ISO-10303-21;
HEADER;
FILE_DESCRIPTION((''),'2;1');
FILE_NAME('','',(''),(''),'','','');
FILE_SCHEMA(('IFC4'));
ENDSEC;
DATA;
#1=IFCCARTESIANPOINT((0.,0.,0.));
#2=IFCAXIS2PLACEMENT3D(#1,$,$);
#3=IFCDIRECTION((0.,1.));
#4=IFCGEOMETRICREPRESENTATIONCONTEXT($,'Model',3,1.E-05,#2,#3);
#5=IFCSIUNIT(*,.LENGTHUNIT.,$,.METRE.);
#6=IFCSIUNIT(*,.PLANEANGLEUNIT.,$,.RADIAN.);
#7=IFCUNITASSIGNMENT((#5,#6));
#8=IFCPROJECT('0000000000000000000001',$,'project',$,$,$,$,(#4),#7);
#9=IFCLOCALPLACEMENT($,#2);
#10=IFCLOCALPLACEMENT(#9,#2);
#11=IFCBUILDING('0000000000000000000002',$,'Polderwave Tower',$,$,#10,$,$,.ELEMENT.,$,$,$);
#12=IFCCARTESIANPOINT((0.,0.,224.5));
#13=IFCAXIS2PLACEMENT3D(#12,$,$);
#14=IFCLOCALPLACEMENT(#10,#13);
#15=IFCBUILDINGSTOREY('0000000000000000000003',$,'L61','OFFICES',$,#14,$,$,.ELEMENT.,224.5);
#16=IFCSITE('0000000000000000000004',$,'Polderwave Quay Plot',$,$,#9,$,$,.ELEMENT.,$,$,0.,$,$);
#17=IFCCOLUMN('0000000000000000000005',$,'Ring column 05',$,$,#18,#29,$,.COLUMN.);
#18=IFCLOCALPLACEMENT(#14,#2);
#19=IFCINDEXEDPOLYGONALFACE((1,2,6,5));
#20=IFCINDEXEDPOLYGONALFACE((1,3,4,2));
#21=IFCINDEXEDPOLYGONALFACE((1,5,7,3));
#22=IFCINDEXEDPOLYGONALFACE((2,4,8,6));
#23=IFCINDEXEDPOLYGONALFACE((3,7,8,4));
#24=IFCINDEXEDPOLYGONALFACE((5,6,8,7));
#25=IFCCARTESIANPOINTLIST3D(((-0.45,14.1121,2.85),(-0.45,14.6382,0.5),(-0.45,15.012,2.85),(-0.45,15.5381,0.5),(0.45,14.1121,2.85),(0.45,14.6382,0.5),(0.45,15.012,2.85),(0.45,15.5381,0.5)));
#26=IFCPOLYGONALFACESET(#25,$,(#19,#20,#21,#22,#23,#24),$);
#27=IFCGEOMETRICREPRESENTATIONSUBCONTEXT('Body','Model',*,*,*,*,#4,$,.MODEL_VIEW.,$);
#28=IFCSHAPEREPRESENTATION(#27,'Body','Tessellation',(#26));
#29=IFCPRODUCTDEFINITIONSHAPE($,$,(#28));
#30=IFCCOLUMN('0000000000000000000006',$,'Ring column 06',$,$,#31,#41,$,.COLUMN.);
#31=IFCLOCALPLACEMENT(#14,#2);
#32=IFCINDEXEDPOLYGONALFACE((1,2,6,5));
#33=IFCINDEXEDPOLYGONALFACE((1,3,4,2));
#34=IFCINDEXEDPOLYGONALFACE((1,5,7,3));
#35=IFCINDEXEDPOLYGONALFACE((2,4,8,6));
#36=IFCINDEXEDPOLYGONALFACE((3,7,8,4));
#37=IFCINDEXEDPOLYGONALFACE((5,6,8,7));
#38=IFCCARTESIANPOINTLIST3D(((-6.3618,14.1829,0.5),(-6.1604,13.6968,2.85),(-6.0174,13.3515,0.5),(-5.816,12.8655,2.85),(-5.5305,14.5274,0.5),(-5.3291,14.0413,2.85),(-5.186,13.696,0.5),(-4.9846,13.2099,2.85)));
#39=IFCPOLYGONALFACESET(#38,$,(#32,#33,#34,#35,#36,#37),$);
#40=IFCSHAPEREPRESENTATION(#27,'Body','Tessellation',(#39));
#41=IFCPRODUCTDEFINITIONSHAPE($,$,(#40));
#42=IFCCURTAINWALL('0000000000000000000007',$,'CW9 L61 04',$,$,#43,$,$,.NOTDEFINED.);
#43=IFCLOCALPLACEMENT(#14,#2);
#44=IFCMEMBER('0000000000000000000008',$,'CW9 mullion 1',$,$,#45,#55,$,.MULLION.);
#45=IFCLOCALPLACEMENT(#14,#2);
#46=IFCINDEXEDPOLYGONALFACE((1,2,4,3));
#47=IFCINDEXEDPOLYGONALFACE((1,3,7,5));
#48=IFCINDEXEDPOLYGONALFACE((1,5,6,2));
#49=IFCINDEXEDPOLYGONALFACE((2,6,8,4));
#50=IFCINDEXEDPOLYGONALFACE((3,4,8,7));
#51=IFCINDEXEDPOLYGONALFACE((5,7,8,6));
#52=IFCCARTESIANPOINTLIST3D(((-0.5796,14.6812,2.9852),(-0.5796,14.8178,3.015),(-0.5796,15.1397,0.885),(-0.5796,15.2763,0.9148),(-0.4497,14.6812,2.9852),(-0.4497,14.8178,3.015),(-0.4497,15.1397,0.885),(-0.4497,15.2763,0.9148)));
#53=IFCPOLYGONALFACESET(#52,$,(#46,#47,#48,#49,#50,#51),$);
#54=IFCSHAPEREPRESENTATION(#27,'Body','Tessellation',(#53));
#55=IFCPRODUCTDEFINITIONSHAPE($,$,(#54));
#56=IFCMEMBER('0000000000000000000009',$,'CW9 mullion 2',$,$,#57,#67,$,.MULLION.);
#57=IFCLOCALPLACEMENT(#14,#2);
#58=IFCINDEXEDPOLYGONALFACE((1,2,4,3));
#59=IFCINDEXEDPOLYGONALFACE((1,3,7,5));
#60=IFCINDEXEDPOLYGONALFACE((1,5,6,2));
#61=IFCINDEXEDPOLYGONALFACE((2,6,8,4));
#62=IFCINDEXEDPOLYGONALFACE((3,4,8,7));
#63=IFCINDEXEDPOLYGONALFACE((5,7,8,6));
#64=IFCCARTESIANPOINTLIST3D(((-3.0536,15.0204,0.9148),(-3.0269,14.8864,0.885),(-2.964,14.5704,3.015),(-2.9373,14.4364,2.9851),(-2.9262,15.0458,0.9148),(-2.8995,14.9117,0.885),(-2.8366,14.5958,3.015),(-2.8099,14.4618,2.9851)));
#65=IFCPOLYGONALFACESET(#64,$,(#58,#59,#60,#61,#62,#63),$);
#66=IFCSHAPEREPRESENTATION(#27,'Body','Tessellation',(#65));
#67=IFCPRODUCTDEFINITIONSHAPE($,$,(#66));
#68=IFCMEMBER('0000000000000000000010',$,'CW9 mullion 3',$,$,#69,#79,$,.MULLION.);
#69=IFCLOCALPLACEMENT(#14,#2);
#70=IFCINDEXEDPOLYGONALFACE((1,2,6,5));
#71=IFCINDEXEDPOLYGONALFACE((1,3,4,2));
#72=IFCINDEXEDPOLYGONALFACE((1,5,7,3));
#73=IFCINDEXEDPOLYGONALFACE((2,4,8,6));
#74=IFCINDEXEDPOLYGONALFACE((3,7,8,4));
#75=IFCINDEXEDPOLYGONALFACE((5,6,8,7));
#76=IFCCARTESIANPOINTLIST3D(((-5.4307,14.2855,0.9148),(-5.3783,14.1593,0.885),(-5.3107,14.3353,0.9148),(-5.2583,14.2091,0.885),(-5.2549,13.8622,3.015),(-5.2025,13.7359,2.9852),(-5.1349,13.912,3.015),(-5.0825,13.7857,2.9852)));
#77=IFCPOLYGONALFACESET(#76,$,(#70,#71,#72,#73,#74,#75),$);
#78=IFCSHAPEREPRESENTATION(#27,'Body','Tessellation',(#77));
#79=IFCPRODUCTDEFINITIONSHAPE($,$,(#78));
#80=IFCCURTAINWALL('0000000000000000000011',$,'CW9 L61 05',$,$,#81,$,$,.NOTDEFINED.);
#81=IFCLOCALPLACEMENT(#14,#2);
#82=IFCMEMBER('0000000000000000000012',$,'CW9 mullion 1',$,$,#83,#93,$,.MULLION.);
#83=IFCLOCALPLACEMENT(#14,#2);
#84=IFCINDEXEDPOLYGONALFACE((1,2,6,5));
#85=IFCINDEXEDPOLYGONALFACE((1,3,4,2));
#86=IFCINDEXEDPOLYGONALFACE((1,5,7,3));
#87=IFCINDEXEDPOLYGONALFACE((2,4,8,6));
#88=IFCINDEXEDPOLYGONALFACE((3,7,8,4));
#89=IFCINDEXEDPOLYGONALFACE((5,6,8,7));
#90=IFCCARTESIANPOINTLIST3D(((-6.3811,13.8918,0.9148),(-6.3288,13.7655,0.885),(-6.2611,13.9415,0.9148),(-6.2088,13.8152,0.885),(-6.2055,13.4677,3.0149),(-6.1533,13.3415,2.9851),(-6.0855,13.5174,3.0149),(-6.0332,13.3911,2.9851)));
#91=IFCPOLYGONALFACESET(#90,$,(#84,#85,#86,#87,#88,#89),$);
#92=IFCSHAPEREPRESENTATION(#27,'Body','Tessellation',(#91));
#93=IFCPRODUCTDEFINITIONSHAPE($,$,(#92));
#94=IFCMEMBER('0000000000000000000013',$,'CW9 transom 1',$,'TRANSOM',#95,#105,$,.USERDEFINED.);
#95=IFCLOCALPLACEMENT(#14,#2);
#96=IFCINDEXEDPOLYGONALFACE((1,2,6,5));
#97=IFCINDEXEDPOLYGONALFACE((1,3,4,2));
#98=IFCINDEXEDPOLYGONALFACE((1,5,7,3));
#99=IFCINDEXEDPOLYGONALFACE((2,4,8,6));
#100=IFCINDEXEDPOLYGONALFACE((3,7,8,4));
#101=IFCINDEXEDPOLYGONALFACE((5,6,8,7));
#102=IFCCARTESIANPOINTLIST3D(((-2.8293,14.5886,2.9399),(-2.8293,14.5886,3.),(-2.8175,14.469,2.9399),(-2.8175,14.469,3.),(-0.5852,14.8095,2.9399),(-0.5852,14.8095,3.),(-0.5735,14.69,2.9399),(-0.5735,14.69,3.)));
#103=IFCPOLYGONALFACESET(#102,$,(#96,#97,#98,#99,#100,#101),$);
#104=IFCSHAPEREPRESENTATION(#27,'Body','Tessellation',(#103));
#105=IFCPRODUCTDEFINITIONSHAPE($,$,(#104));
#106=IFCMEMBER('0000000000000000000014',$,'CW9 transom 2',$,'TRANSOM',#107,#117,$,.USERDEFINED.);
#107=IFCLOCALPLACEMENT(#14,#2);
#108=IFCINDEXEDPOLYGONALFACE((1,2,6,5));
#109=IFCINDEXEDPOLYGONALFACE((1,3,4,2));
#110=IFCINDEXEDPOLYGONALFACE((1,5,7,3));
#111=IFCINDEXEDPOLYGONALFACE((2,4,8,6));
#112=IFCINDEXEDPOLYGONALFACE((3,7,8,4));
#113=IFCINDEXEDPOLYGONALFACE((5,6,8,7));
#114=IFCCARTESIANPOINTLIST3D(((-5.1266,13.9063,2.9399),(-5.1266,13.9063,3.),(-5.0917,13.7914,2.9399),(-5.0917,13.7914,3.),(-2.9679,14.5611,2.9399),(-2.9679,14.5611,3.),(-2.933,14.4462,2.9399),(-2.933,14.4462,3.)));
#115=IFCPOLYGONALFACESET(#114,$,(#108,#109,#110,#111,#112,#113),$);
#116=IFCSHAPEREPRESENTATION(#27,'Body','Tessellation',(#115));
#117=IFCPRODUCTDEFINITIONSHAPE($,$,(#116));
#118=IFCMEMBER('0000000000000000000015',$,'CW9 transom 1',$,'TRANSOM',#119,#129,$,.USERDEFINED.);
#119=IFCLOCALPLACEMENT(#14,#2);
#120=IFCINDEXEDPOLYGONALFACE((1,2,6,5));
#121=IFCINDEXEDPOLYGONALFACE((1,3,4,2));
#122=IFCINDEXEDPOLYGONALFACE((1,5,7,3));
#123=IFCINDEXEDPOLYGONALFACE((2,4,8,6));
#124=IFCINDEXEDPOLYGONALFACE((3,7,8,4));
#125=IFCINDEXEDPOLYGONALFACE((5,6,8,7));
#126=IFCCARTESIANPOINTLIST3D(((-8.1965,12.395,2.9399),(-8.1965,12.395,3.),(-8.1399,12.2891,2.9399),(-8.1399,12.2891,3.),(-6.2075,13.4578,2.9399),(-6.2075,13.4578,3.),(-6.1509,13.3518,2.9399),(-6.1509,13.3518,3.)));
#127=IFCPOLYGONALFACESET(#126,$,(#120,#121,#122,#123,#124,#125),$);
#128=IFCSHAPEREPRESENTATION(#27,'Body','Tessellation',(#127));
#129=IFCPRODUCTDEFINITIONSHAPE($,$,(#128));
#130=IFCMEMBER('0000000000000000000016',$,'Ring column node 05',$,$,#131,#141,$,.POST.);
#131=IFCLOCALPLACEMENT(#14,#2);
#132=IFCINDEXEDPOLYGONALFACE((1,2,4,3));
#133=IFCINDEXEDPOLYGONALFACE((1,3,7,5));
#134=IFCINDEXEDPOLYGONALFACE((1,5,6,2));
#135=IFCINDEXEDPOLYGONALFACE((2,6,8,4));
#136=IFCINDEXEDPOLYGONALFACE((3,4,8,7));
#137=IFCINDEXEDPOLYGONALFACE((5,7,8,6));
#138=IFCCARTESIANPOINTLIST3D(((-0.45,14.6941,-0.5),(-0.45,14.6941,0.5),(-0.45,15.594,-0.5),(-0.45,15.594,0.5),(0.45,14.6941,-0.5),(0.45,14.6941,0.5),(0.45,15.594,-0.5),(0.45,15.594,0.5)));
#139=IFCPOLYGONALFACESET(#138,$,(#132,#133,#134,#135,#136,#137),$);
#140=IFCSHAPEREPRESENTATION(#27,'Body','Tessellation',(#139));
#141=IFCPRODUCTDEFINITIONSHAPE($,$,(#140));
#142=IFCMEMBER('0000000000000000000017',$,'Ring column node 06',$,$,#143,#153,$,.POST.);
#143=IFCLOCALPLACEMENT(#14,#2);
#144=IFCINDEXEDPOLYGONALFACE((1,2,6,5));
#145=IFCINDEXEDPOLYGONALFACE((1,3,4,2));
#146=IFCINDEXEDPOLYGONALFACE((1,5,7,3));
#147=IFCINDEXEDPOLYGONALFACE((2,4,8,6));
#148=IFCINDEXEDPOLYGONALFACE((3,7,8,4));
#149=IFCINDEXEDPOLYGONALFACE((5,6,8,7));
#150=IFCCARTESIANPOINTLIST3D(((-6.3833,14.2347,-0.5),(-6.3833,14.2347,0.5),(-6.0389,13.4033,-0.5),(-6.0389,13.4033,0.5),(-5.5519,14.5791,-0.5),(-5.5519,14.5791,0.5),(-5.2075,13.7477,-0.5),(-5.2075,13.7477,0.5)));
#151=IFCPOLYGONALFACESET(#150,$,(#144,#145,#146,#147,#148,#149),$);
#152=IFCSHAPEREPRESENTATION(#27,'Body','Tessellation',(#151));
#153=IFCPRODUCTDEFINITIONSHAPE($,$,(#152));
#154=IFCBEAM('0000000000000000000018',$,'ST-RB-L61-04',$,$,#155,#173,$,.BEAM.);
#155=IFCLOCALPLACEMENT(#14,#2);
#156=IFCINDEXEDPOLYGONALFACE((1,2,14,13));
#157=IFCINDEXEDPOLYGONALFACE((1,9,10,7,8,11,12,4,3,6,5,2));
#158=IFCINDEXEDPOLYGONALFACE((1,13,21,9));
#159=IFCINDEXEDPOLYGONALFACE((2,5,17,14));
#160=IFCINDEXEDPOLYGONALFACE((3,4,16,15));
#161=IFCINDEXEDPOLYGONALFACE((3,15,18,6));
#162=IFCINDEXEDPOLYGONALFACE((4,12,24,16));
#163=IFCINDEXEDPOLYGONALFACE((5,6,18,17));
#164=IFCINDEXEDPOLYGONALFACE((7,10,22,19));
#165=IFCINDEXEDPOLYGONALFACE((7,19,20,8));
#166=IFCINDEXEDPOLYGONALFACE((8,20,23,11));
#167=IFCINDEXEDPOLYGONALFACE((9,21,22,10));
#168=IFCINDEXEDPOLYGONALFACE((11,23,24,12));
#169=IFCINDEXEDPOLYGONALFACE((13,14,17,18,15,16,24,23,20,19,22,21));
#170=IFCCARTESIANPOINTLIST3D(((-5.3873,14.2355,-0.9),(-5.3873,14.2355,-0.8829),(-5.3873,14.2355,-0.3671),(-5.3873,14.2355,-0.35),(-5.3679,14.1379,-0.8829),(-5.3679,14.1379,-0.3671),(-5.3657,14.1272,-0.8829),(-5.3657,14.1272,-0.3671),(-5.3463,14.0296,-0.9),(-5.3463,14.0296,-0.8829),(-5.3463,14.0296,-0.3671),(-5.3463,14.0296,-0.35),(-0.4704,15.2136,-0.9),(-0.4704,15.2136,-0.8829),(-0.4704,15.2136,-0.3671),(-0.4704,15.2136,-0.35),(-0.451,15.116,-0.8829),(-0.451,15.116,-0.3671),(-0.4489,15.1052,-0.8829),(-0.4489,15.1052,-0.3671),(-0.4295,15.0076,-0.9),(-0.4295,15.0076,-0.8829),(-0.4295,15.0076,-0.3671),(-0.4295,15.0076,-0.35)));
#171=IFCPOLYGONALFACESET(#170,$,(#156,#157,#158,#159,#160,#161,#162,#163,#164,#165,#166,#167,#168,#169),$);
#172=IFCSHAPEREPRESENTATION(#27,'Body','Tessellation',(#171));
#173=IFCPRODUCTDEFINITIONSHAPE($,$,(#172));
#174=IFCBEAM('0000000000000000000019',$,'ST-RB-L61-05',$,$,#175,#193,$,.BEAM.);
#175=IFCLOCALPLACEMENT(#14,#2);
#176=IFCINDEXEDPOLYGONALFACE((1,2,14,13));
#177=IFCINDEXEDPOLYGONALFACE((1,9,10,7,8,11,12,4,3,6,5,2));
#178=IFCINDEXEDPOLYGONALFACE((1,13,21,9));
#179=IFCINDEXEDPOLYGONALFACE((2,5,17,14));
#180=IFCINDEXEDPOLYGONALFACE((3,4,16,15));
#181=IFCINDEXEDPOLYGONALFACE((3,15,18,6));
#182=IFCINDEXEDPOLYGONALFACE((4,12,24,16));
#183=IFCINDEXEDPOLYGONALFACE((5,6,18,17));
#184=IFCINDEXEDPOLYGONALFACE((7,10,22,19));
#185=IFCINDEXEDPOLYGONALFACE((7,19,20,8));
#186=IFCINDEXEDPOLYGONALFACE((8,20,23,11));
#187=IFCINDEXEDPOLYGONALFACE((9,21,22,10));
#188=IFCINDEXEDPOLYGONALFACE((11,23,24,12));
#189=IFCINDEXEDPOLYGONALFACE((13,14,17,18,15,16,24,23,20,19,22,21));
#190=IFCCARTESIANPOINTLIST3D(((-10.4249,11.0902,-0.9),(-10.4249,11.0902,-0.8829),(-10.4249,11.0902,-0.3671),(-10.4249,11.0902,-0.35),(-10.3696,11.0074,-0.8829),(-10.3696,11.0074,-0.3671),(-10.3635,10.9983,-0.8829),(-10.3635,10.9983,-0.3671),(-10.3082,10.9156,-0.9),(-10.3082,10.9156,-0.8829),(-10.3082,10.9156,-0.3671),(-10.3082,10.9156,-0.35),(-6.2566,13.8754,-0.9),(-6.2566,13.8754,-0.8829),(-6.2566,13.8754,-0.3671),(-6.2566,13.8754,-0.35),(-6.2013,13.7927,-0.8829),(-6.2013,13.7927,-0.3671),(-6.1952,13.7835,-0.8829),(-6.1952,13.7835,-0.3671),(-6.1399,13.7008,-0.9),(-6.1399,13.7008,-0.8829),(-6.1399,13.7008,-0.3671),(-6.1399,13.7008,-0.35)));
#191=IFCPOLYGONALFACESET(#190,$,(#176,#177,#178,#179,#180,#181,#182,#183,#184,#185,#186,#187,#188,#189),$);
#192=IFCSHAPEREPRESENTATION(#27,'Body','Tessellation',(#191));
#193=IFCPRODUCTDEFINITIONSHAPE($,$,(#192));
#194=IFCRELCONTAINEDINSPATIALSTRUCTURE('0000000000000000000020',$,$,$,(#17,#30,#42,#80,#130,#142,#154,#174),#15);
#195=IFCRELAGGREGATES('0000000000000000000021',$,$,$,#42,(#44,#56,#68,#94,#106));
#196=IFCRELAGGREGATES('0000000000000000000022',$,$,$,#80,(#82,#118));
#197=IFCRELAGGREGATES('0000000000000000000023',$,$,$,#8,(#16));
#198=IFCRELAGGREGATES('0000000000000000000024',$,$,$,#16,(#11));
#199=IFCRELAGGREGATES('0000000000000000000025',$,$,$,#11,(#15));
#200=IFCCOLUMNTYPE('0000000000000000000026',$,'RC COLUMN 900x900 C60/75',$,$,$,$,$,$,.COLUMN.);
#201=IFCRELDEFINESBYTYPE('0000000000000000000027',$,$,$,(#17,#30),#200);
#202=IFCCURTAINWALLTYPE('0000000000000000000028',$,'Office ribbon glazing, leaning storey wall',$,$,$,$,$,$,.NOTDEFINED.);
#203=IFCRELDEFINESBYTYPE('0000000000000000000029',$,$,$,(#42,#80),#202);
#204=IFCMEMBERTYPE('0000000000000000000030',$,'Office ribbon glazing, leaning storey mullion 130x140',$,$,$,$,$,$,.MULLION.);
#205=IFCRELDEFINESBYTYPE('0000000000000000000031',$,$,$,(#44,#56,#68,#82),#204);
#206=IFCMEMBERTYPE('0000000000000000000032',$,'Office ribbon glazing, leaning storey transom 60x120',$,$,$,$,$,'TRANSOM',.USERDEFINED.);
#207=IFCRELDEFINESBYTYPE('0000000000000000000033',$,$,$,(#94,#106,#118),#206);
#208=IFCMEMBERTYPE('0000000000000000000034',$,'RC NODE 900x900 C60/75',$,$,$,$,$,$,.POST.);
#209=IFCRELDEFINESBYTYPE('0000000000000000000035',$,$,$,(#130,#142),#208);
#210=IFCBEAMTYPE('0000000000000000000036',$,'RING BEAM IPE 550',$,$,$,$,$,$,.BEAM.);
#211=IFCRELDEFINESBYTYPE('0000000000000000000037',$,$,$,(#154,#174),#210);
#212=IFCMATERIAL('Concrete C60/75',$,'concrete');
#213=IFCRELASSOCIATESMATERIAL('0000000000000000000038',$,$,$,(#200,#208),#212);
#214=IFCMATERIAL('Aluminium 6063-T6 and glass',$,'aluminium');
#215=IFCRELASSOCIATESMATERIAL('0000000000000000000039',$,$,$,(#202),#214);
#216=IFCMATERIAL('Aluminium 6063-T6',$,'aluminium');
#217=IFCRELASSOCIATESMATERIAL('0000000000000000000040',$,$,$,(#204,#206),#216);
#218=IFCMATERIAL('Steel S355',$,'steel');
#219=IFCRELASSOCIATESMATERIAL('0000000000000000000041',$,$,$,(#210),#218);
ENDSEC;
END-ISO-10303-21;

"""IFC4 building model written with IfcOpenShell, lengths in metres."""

from ifc_helpers import new_model, si_unit, direction, frame, origin, origin_2d, place, context, subcontext, project, spatial, rectangle, i_section, extrude, material, material_profile, profile_set, type_object, element, aggregate, save


model = new_model("IFC4")

# Units and contexts
model_context = context("Model", 3, precision=1e-05, world=origin(), true_north=direction((0.0, 1.0)))
body_context = subcontext(model_context, "Body", "Model", "MODEL_VIEW")
ifc_project = project(units=[si_unit("LENGTHUNIT", "METRE"), si_unit("PLANEANGLEUNIT", "RADIAN")], contexts=[model_context])

# Site, building, storey
site_placement = place(None, origin())
site = spatial("IfcSite", under=ifc_project, at=site_placement, Name="Polderwave Quay Plot", CompositionType="ELEMENT", RefElevation=0.0)
building_placement = place(site_placement, origin())
building = spatial("IfcBuilding", under=site, at=building_placement, Name="Polderwave Tower", CompositionType="ELEMENT")
storey_placement = place(building_placement, frame((0.0, 0.0, 224.5)))
storey = spatial("IfcBuildingStorey", under=building, at=storey_placement, Name="L61", Description="OFFICES", CompositionType="ELEMENT", Elevation=224.5)

# Columns
ifc_material_1 = material(Name="Concrete C60/75", Category="concrete")
ifc_material_profile_1 = material_profile(ifc_material_1, rectangle(XDim=0.8999, YDim=0.8999, at=origin_2d()), Name="RC 900x900")
ifc_profile_set_1 = profile_set([ifc_material_profile_1], Name="Concrete C60/75")
column_type = type_object("IfcColumnType", Name="RC COLUMN 900x900 C60/75", PredefinedType="COLUMN", material=ifc_profile_set_1)
column_1_placement = place(storey_placement, frame((0.0, 15.0881, 0.5), z_axis=(0.0, 0.0, 1.0), x_axis=(1.0, 0.0, 0.0)))
element("IfcColumn", 1, at=column_1_placement, inside=storey, type_object=column_type, Name="Ring column 05", PredefinedType="COLUMN", context=body_context, shape_type="SweptSolid", body=[
    extrude(rectangle(XDim=0.8999, YDim=0.8999, at=origin_2d()), origin(), (0.0, -0.218465, 0.975845), 2.4082),
])
column_2_placement = place(storey_placement, frame((-5.7739, 13.9395, 0.5), z_axis=(0.0, 0.0, 1.0), x_axis=(0.92383, 0.382803, 0.0)))
element("IfcColumn", 2, at=column_2_placement, inside=storey, type_object=column_type, Name="Ring column 06", PredefinedType="COLUMN", context=body_context, shape_type="SweptSolid", body=[
    extrude(rectangle(XDim=0.8999, YDim=0.8999, at=origin_2d()), origin(), (0.0, -0.21848, 0.975841), 2.4082),
])

# Curtain wall, members
ifc_material_2 = material(Name="Aluminium 6063-T6 and glass", Category="aluminium")
curtain_wall_type = type_object("IfcCurtainWallType", Name="Office ribbon glazing, leaning storey wall", PredefinedType="NOTDEFINED", material=ifc_material_2)
curtain_wall_1_placement = place(storey_placement, origin())
curtain_wall_1 = element("IfcCurtainWall", 3, at=curtain_wall_1_placement, inside=storey, type_object=curtain_wall_type, Name="CW9 L61 04", PredefinedType="NOTDEFINED")
ifc_material_3 = material(Name="Aluminium 6063-T6", Category="aluminium")
ifc_material_profile_2 = material_profile(ifc_material_3, rectangle(XDim=0.1299, YDim=0.1399, at=origin_2d()), Name="AL 130x140")
ifc_profile_set_2 = profile_set([ifc_material_profile_2], Name="Aluminium 6063-T6")
member_type_1 = type_object("IfcMemberType", Name="Office ribbon glazing, leaning storey mullion 130x140", PredefinedType="MULLION", material=ifc_profile_set_2)
member_1_placement = place(storey_placement, frame((-0.5146, 15.208, 0.8999), z_axis=(0.0, -0.213297, 0.976987), x_axis=(1.0, 0.0, 0.0)))
member_1 = element("IfcMember", 4, at=member_1_placement, type_object=member_type_1, Name="CW9 mullion 1", PredefinedType="MULLION", context=body_context, shape_type="SweptSolid", body=[
    extrude(rectangle(XDim=0.1299, YDim=0.1399, at=origin_2d()), origin(), (0.0, 0.0, 1.0), 2.1497),
])
member_2_placement = place(storey_placement, frame((-2.9766, 14.9661, 0.8999), z_axis=(0.041681, -0.209316, 0.976959), x_axis=(0.980744, 0.195297, 0.0)))
member_2 = element("IfcMember", 5, at=member_2_placement, type_object=member_type_1, Name="CW9 mullion 2", PredefinedType="MULLION", context=body_context, shape_type="SweptSolid", body=[
    extrude(rectangle(XDim=0.1299, YDim=0.1399, at=origin_2d()), origin(), (0.0, 0.0, 1.0), 2.1497),
])
member_3_placement = place(storey_placement, frame((-5.3445, 14.2473, 0.8999), z_axis=(0.081776, -0.196944, 0.976998), x_axis=(0.923549, 0.383481, 0.0)))
member_3 = element("IfcMember", 6, at=member_3_placement, type_object=member_type_1, Name="CW9 mullion 3", PredefinedType="MULLION", context=body_context, shape_type="SweptSolid", body=[
    extrude(rectangle(XDim=0.1299, YDim=0.1399, at=origin_2d()), origin(), (0.0, 0.0, 1.0), 2.1497),
])

# Curtain wall, member
curtain_wall_2_placement = place(storey_placement, origin())
curtain_wall_2 = element("IfcCurtainWall", 7, at=curtain_wall_2_placement, inside=storey, type_object=curtain_wall_type, Name="CW9 L61 05", PredefinedType="NOTDEFINED")
member_4_placement = place(storey_placement, frame((-6.2949, 13.8535, 0.8999), z_axis=(0.081658, -0.197274, 0.976942), x_axis=(0.923971, 0.382461, 0.0)))
member_4 = element("IfcMember", 8, at=member_4_placement, type_object=member_type_1, Name="CW9 mullion 1", PredefinedType="MULLION", context=body_context, shape_type="SweptSolid", body=[
    extrude(rectangle(XDim=0.1299, YDim=0.1399, at=origin_2d()), origin(), (0.0, 0.0, 1.0), 2.1497),
])

# Members
ifc_material_profile_3 = material_profile(ifc_material_3, rectangle(XDim=0.1201, YDim=0.0601, at=origin_2d()), Name="AL 60x120")
ifc_profile_set_3 = profile_set([ifc_material_profile_3], Name="Aluminium 6063-T6")
member_type_2 = type_object("IfcMemberType", Name="Office ribbon glazing, leaning storey transom 60x120", ElementType="TRANSOM", PredefinedType="USERDEFINED", material=ifc_profile_set_3)
member_5_placement = place(storey_placement, frame((-0.5793, 14.7498, 2.97), z_axis=(-0.995188, -0.097981, 0.0), x_axis=(0.097981, -0.995188, 0.0)))
member_5 = element("IfcMember", 9, at=member_5_placement, type_object=member_type_2, Name="CW9 transom 1", ObjectType="TRANSOM", PredefinedType="USERDEFINED", context=body_context, shape_type="SweptSolid", body=[
    extrude(rectangle(XDim=0.1201, YDim=0.0601, at=origin_2d()), origin(), (0.0, 0.0, 1.0), 2.2549),
])
member_6_placement = place(storey_placement, frame((-2.9504, 14.5037, 2.97), z_axis=(-0.956946, -0.290266, 0.0), x_axis=(0.290266, -0.956946, 0.0)))
member_6 = element("IfcMember", 10, at=member_6_placement, type_object=member_type_2, Name="CW9 transom 2", ObjectType="TRANSOM", PredefinedType="USERDEFINED", context=body_context, shape_type="SweptSolid", body=[
    extrude(rectangle(XDim=0.1201, YDim=0.0601, at=origin_2d()), origin(), (0.0, 0.0, 1.0), 2.2559),
])
member_7_placement = place(storey_placement, frame((-6.1792, 13.4048, 2.97), z_axis=(-0.881996, -0.471257, 0.0), x_axis=(0.471257, -0.881996, 0.0)))
member_7 = element("IfcMember", 11, at=member_7_placement, type_object=member_type_2, Name="CW9 transom 1", ObjectType="TRANSOM", PredefinedType="USERDEFINED", context=body_context, shape_type="SweptSolid", body=[
    extrude(rectangle(XDim=0.1201, YDim=0.0601, at=origin_2d()), origin(), (0.0, 0.0, 1.0), 2.2551),
])

# Members
ifc_material_profile_4 = material_profile(ifc_material_1, rectangle(XDim=0.8999, YDim=0.8999, at=origin_2d()), Name="RC 900x900")
ifc_profile_set_4 = profile_set([ifc_material_profile_4], Name="Concrete C60/75")
member_type_3 = type_object("IfcMemberType", Name="RC NODE 900x900 C60/75", PredefinedType="POST", material=ifc_profile_set_4)
for number, where, z_axis, x_axis, name in (
    (12, (0.0, 15.144, -0.5), (0.0, 0.0, 1.0), (0.0, 1.0, 0.0), "Ring column node 05"),
    (13, (-5.7954, 13.9912, -0.5), (0.0, 0.0, 1.0), (-0.382683, 0.92388, 0.0), "Ring column node 06"),
):
    element("IfcMember", number, at=place(storey_placement, frame(where, z_axis=z_axis, x_axis=x_axis)), inside=storey, type_object=member_type_3, Name=name, PredefinedType="POST", context=body_context, shape_type="SweptSolid", body=[
        extrude(rectangle(XDim=0.8999, YDim=0.8999, at=origin_2d()), origin(), (0.0, 0.0, 1.0), 1.0),
    ])

# Beams
ifc_material_4 = material(Name="Steel S355", Category="steel")
ifc_material_profile_5 = material_profile(ifc_material_4, i_section(OverallWidth=0.21, OverallDepth=0.55, WebThickness=0.011, FlangeThickness=0.0171, at=origin_2d()), Name="IPE 550")
ifc_profile_set_5 = profile_set([ifc_material_profile_5], Name="Steel S355")
beam_type = type_object("IfcBeamType", Name="RING BEAM IPE 550", PredefinedType="BEAM", material=ifc_profile_set_5)
for number, where, z_axis, x_axis, name in (
    (14, (-0.45, 15.1106, -0.625), (-0.980784, -0.195095, 0.0), (0.195095, -0.980784, 0.0), "ST-RB-L61-04"),
    (15, (-6.1982, 13.7881, -0.625), (-0.831465, -0.555576, 0.0), (0.555576, -0.831465, 0.0), "ST-RB-L61-05"),
):
    element("IfcBeam", number, at=place(storey_placement, frame(where, z_axis=z_axis, x_axis=x_axis)), inside=storey, type_object=beam_type, Name=name, PredefinedType="BEAM", context=body_context, shape_type="SweptSolid", body=[
        extrude(i_section(OverallWidth=0.21, OverallDepth=0.55, WebThickness=0.011, FlangeThickness=0.0171, at=origin_2d()), origin(), (0.0, 0.0, 1.0), 5.0132),
    ])

aggregate(curtain_wall_1, [member_1, member_2, member_3, member_5, member_6])
aggregate(curtain_wall_2, [member_4, member_7])

save(model, "model.ifc")
